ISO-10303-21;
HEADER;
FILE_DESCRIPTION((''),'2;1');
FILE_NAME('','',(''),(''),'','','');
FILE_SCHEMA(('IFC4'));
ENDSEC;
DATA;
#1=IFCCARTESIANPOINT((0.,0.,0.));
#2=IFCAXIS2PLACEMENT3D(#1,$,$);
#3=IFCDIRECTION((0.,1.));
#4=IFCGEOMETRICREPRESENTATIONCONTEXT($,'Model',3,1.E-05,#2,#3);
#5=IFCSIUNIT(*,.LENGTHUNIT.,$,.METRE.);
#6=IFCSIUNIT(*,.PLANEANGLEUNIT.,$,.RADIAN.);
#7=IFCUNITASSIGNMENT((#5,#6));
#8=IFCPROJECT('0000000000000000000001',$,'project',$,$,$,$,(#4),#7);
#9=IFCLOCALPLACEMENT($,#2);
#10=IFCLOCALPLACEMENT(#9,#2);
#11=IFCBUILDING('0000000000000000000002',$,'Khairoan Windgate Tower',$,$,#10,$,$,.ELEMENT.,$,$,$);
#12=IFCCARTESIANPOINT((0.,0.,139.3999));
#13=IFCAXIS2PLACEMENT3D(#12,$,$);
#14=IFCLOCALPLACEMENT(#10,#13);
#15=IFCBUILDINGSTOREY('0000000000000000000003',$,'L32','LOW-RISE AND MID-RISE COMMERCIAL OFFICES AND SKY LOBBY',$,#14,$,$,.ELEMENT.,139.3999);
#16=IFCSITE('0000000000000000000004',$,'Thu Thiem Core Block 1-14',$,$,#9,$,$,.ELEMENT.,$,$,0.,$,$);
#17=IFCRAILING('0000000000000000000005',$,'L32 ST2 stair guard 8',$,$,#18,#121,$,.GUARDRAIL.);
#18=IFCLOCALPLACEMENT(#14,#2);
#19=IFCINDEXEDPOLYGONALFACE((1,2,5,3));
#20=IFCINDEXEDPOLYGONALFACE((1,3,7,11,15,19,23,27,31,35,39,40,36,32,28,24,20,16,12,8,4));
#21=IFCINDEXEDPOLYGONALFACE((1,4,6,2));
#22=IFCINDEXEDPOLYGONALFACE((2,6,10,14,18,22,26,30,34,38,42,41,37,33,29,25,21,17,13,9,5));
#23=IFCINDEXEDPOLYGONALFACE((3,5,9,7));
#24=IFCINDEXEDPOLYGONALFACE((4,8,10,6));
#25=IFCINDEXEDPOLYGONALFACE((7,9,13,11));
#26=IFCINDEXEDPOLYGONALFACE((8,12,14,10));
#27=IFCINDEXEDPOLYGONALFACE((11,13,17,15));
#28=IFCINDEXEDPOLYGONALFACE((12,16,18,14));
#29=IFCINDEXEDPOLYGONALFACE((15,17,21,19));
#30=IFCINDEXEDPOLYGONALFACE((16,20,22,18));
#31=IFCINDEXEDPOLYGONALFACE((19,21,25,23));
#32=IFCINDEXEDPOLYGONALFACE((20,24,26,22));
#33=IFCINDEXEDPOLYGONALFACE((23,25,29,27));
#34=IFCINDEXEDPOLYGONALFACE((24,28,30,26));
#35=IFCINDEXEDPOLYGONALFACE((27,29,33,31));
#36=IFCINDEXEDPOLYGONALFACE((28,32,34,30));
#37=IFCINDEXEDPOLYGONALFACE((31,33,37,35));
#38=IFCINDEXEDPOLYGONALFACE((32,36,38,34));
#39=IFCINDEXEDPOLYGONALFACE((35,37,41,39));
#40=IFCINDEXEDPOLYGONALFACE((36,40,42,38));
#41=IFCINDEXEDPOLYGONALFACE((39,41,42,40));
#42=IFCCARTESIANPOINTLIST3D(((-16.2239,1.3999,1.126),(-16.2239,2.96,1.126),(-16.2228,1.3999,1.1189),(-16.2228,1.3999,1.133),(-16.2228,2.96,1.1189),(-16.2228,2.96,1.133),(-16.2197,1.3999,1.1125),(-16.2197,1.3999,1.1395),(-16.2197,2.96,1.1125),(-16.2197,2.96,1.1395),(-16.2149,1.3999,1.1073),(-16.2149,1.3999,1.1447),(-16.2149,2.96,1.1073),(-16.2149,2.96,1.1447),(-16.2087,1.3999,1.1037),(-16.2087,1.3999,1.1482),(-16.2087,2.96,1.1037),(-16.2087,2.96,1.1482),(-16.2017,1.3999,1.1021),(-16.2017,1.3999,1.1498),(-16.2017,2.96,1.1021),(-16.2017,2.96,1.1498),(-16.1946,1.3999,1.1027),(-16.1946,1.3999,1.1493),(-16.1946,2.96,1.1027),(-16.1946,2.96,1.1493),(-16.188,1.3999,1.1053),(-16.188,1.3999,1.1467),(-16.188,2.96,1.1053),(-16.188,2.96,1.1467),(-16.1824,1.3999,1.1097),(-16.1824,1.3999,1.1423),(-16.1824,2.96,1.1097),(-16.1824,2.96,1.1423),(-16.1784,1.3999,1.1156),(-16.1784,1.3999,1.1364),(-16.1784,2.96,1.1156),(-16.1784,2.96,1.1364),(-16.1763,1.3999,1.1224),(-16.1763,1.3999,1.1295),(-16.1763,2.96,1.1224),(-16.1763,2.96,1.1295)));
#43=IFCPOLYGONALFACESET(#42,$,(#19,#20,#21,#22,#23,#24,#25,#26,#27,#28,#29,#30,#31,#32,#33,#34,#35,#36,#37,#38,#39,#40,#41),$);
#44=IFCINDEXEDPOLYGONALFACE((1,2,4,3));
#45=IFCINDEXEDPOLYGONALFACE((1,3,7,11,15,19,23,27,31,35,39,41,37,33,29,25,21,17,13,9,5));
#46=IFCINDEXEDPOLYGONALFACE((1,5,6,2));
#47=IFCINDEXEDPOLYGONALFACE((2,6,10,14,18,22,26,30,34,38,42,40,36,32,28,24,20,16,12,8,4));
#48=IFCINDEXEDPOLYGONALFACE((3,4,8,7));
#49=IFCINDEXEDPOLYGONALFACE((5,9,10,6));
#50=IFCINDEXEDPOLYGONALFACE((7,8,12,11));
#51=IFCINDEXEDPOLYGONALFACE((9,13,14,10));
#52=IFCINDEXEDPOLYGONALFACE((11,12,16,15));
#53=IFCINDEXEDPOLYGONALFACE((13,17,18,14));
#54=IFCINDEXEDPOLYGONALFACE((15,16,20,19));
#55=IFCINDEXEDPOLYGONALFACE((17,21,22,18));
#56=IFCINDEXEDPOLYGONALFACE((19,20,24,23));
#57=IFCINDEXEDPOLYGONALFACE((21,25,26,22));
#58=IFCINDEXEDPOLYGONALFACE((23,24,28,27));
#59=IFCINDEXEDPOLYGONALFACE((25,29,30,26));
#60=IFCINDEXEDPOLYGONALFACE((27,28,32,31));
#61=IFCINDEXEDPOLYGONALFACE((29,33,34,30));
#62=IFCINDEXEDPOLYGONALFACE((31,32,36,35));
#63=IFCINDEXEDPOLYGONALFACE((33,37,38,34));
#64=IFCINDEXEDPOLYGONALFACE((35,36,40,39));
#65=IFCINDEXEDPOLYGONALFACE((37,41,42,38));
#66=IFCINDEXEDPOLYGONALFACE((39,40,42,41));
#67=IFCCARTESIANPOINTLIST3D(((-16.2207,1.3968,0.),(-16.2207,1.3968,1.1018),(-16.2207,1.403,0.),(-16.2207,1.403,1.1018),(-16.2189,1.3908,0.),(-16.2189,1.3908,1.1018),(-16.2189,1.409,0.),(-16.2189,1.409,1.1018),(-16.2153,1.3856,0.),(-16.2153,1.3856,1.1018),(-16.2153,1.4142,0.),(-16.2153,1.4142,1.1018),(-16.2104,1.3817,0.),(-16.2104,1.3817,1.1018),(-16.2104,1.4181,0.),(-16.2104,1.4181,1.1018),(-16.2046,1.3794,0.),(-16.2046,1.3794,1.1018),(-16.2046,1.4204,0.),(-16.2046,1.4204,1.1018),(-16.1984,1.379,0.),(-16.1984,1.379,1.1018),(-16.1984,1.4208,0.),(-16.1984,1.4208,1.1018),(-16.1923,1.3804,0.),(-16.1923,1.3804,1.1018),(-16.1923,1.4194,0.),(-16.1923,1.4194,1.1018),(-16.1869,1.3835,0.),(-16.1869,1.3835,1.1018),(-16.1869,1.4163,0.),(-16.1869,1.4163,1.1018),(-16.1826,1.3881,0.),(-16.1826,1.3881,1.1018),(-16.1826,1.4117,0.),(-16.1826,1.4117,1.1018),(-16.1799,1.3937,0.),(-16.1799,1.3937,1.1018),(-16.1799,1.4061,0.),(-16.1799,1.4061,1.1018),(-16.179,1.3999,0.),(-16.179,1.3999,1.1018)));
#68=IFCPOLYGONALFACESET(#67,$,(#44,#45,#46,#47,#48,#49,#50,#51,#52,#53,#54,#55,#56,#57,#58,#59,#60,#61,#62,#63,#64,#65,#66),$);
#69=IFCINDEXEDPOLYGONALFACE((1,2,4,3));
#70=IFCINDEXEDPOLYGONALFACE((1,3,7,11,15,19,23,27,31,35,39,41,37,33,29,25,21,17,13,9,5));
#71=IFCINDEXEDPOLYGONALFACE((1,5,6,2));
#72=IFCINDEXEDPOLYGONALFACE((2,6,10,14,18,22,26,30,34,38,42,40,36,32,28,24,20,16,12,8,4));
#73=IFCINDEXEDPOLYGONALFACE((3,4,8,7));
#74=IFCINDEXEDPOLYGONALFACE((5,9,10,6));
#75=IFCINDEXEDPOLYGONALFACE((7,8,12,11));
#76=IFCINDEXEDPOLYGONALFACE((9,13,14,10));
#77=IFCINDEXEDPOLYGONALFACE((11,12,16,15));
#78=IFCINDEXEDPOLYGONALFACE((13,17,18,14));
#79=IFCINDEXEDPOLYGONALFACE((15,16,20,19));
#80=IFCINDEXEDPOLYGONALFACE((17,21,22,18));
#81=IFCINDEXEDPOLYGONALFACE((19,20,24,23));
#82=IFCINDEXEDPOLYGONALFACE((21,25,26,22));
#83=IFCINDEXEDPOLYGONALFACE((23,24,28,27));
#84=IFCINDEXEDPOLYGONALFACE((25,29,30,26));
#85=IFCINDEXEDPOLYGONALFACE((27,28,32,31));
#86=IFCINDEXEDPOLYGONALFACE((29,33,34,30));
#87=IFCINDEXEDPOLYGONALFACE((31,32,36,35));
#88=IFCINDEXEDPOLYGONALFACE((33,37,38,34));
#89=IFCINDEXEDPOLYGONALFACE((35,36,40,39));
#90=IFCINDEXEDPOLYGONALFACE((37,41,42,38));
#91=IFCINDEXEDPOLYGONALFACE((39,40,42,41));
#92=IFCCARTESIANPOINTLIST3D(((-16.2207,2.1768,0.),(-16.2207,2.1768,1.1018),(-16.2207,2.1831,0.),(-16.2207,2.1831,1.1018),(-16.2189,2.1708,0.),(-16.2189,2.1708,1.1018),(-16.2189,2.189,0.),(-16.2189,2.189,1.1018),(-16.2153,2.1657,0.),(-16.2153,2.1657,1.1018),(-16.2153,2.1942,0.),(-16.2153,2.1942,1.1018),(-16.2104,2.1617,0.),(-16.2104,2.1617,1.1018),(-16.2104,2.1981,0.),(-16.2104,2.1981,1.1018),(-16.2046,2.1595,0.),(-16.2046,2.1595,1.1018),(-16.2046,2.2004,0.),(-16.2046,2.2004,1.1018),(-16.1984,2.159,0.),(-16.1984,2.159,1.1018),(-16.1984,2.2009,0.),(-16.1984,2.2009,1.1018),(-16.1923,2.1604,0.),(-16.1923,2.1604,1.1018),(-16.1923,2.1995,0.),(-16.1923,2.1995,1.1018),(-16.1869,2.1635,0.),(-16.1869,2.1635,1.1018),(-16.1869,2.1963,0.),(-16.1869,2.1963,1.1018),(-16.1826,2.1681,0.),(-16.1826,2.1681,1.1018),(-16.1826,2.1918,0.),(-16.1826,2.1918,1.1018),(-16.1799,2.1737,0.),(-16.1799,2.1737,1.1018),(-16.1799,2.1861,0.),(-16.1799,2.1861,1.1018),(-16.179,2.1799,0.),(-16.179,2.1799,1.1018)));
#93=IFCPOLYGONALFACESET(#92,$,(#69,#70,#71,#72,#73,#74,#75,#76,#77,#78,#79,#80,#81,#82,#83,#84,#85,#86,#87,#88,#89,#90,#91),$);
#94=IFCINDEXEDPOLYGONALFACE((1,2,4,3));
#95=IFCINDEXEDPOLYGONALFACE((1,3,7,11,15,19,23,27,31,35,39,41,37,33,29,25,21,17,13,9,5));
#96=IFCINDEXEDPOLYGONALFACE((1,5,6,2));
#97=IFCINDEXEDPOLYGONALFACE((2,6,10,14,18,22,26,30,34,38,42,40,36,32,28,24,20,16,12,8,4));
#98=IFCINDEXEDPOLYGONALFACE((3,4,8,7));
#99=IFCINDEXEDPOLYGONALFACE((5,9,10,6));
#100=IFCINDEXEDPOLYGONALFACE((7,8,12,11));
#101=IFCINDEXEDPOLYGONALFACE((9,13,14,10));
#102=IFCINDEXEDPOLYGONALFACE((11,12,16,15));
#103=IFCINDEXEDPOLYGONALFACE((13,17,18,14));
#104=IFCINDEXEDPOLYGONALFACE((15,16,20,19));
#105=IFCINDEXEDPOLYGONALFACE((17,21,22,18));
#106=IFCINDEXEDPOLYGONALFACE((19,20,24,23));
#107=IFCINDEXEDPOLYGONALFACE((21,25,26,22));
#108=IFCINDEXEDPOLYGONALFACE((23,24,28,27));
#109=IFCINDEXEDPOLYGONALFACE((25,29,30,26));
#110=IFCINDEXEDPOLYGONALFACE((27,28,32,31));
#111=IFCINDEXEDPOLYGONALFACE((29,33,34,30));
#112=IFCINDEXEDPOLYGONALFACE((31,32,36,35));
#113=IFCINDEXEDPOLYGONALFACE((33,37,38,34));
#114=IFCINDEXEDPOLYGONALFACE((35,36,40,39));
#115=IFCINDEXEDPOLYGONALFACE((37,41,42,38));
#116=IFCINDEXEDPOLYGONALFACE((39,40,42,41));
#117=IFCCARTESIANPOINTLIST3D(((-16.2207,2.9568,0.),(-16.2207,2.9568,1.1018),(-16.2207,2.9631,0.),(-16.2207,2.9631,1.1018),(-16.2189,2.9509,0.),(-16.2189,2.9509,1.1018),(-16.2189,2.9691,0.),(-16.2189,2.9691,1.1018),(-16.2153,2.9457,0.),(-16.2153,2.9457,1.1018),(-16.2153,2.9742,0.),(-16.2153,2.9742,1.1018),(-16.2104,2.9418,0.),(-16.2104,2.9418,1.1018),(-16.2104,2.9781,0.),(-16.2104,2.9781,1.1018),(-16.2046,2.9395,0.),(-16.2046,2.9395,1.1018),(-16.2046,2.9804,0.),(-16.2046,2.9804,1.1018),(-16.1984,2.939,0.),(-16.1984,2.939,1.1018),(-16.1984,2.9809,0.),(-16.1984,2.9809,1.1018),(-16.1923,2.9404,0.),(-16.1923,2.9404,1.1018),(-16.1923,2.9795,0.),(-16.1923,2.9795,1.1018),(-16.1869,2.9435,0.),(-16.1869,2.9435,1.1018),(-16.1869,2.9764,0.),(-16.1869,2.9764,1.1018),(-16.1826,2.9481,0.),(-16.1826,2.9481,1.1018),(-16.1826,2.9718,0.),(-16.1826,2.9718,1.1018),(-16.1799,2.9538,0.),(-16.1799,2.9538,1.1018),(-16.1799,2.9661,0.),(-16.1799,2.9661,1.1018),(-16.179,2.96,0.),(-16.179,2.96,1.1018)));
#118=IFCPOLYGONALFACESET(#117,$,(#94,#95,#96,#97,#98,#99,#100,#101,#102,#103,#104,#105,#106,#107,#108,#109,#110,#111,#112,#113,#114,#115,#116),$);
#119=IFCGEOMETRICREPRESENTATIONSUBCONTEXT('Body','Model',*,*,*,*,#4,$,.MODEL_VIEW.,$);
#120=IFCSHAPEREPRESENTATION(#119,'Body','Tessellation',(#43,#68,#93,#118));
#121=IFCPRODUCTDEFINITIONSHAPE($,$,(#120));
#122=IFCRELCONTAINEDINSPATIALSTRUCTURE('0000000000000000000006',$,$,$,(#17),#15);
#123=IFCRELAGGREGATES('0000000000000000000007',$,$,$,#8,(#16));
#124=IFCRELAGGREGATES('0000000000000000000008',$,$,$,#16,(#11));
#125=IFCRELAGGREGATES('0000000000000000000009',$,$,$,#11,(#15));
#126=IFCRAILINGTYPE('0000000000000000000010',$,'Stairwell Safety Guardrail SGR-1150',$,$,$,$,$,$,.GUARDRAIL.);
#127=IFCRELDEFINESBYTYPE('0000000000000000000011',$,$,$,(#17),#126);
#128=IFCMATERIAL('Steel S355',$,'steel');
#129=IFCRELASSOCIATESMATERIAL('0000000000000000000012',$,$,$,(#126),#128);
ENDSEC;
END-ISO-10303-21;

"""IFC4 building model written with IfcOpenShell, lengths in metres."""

from ifc_helpers import new_model, si_unit, direction, frame, origin, origin_2d, place, context, subcontext, project, spatial, circle, extrude, material, type_object, element, save


model = new_model("IFC4")

# Units and contexts
model_context = context("Model", 3, precision=1e-05, world=origin(), true_north=direction((0.0, 1.0)))
body_context = subcontext(model_context, "Body", "Model", "MODEL_VIEW")
ifc_project = project(units=[si_unit("LENGTHUNIT", "METRE"), si_unit("PLANEANGLEUNIT", "RADIAN")], contexts=[model_context])

# Site, building, storey
site_placement = place(None, origin())
site = spatial("IfcSite", under=ifc_project, at=site_placement, Name="Thu Thiem Core Block 1-14", CompositionType="ELEMENT", RefElevation=0.0)
building_placement = place(site_placement, origin())
building = spatial("IfcBuilding", under=site, at=building_placement, Name="Khairoan Windgate Tower", CompositionType="ELEMENT")
storey_placement = place(building_placement, frame((0.0, 0.0, 139.3999)))
storey = spatial("IfcBuildingStorey", under=building, at=storey_placement, Name="L32", Description="LOW-RISE AND MID-RISE COMMERCIAL OFFICES AND SKY LOBBY", CompositionType="ELEMENT", Elevation=139.3999)

# Railing
ifc_material_1 = material(Name="Steel S355", Category="steel")
railing_type_1 = type_object("IfcRailingType", Name="Stairwell Safety Guardrail SGR-1150", PredefinedType="GUARDRAIL", material=ifc_material_1)
railing_1_placement = place(storey_placement, frame((-16.2, 1.3999, 0.0)))
element("IfcRailing", 1, at=railing_1_placement, inside=storey, type_object=railing_type_1, Name="L32 ST2 stair guard 8", PredefinedType="GUARDRAIL", context=body_context, shape_type="SweptSolid", body=[
    extrude(circle(Radius=0.0239, at=origin_2d()), frame((0.0, 0.0, 1.126), z_axis=(0.0, 1.0, 0.0), x_axis=(-1.0, 0.0, 0.0)), (0.0, 0.0, 1.0), 1.5601),
    extrude(circle(Radius=0.021, at=origin_2d()), origin(), (0.0, 0.0, 1.0), 1.1018),
    extrude(circle(Radius=0.021, at=origin_2d()), frame((0.0, 0.78, 0.0)), (0.0, 0.0, 1.0), 1.1018),
    extrude(circle(Radius=0.021, at=origin_2d()), frame((0.0, 1.5601, 0.0)), (0.0, 0.0, 1.0), 1.1018),
])

save(model, "model.ifc")
